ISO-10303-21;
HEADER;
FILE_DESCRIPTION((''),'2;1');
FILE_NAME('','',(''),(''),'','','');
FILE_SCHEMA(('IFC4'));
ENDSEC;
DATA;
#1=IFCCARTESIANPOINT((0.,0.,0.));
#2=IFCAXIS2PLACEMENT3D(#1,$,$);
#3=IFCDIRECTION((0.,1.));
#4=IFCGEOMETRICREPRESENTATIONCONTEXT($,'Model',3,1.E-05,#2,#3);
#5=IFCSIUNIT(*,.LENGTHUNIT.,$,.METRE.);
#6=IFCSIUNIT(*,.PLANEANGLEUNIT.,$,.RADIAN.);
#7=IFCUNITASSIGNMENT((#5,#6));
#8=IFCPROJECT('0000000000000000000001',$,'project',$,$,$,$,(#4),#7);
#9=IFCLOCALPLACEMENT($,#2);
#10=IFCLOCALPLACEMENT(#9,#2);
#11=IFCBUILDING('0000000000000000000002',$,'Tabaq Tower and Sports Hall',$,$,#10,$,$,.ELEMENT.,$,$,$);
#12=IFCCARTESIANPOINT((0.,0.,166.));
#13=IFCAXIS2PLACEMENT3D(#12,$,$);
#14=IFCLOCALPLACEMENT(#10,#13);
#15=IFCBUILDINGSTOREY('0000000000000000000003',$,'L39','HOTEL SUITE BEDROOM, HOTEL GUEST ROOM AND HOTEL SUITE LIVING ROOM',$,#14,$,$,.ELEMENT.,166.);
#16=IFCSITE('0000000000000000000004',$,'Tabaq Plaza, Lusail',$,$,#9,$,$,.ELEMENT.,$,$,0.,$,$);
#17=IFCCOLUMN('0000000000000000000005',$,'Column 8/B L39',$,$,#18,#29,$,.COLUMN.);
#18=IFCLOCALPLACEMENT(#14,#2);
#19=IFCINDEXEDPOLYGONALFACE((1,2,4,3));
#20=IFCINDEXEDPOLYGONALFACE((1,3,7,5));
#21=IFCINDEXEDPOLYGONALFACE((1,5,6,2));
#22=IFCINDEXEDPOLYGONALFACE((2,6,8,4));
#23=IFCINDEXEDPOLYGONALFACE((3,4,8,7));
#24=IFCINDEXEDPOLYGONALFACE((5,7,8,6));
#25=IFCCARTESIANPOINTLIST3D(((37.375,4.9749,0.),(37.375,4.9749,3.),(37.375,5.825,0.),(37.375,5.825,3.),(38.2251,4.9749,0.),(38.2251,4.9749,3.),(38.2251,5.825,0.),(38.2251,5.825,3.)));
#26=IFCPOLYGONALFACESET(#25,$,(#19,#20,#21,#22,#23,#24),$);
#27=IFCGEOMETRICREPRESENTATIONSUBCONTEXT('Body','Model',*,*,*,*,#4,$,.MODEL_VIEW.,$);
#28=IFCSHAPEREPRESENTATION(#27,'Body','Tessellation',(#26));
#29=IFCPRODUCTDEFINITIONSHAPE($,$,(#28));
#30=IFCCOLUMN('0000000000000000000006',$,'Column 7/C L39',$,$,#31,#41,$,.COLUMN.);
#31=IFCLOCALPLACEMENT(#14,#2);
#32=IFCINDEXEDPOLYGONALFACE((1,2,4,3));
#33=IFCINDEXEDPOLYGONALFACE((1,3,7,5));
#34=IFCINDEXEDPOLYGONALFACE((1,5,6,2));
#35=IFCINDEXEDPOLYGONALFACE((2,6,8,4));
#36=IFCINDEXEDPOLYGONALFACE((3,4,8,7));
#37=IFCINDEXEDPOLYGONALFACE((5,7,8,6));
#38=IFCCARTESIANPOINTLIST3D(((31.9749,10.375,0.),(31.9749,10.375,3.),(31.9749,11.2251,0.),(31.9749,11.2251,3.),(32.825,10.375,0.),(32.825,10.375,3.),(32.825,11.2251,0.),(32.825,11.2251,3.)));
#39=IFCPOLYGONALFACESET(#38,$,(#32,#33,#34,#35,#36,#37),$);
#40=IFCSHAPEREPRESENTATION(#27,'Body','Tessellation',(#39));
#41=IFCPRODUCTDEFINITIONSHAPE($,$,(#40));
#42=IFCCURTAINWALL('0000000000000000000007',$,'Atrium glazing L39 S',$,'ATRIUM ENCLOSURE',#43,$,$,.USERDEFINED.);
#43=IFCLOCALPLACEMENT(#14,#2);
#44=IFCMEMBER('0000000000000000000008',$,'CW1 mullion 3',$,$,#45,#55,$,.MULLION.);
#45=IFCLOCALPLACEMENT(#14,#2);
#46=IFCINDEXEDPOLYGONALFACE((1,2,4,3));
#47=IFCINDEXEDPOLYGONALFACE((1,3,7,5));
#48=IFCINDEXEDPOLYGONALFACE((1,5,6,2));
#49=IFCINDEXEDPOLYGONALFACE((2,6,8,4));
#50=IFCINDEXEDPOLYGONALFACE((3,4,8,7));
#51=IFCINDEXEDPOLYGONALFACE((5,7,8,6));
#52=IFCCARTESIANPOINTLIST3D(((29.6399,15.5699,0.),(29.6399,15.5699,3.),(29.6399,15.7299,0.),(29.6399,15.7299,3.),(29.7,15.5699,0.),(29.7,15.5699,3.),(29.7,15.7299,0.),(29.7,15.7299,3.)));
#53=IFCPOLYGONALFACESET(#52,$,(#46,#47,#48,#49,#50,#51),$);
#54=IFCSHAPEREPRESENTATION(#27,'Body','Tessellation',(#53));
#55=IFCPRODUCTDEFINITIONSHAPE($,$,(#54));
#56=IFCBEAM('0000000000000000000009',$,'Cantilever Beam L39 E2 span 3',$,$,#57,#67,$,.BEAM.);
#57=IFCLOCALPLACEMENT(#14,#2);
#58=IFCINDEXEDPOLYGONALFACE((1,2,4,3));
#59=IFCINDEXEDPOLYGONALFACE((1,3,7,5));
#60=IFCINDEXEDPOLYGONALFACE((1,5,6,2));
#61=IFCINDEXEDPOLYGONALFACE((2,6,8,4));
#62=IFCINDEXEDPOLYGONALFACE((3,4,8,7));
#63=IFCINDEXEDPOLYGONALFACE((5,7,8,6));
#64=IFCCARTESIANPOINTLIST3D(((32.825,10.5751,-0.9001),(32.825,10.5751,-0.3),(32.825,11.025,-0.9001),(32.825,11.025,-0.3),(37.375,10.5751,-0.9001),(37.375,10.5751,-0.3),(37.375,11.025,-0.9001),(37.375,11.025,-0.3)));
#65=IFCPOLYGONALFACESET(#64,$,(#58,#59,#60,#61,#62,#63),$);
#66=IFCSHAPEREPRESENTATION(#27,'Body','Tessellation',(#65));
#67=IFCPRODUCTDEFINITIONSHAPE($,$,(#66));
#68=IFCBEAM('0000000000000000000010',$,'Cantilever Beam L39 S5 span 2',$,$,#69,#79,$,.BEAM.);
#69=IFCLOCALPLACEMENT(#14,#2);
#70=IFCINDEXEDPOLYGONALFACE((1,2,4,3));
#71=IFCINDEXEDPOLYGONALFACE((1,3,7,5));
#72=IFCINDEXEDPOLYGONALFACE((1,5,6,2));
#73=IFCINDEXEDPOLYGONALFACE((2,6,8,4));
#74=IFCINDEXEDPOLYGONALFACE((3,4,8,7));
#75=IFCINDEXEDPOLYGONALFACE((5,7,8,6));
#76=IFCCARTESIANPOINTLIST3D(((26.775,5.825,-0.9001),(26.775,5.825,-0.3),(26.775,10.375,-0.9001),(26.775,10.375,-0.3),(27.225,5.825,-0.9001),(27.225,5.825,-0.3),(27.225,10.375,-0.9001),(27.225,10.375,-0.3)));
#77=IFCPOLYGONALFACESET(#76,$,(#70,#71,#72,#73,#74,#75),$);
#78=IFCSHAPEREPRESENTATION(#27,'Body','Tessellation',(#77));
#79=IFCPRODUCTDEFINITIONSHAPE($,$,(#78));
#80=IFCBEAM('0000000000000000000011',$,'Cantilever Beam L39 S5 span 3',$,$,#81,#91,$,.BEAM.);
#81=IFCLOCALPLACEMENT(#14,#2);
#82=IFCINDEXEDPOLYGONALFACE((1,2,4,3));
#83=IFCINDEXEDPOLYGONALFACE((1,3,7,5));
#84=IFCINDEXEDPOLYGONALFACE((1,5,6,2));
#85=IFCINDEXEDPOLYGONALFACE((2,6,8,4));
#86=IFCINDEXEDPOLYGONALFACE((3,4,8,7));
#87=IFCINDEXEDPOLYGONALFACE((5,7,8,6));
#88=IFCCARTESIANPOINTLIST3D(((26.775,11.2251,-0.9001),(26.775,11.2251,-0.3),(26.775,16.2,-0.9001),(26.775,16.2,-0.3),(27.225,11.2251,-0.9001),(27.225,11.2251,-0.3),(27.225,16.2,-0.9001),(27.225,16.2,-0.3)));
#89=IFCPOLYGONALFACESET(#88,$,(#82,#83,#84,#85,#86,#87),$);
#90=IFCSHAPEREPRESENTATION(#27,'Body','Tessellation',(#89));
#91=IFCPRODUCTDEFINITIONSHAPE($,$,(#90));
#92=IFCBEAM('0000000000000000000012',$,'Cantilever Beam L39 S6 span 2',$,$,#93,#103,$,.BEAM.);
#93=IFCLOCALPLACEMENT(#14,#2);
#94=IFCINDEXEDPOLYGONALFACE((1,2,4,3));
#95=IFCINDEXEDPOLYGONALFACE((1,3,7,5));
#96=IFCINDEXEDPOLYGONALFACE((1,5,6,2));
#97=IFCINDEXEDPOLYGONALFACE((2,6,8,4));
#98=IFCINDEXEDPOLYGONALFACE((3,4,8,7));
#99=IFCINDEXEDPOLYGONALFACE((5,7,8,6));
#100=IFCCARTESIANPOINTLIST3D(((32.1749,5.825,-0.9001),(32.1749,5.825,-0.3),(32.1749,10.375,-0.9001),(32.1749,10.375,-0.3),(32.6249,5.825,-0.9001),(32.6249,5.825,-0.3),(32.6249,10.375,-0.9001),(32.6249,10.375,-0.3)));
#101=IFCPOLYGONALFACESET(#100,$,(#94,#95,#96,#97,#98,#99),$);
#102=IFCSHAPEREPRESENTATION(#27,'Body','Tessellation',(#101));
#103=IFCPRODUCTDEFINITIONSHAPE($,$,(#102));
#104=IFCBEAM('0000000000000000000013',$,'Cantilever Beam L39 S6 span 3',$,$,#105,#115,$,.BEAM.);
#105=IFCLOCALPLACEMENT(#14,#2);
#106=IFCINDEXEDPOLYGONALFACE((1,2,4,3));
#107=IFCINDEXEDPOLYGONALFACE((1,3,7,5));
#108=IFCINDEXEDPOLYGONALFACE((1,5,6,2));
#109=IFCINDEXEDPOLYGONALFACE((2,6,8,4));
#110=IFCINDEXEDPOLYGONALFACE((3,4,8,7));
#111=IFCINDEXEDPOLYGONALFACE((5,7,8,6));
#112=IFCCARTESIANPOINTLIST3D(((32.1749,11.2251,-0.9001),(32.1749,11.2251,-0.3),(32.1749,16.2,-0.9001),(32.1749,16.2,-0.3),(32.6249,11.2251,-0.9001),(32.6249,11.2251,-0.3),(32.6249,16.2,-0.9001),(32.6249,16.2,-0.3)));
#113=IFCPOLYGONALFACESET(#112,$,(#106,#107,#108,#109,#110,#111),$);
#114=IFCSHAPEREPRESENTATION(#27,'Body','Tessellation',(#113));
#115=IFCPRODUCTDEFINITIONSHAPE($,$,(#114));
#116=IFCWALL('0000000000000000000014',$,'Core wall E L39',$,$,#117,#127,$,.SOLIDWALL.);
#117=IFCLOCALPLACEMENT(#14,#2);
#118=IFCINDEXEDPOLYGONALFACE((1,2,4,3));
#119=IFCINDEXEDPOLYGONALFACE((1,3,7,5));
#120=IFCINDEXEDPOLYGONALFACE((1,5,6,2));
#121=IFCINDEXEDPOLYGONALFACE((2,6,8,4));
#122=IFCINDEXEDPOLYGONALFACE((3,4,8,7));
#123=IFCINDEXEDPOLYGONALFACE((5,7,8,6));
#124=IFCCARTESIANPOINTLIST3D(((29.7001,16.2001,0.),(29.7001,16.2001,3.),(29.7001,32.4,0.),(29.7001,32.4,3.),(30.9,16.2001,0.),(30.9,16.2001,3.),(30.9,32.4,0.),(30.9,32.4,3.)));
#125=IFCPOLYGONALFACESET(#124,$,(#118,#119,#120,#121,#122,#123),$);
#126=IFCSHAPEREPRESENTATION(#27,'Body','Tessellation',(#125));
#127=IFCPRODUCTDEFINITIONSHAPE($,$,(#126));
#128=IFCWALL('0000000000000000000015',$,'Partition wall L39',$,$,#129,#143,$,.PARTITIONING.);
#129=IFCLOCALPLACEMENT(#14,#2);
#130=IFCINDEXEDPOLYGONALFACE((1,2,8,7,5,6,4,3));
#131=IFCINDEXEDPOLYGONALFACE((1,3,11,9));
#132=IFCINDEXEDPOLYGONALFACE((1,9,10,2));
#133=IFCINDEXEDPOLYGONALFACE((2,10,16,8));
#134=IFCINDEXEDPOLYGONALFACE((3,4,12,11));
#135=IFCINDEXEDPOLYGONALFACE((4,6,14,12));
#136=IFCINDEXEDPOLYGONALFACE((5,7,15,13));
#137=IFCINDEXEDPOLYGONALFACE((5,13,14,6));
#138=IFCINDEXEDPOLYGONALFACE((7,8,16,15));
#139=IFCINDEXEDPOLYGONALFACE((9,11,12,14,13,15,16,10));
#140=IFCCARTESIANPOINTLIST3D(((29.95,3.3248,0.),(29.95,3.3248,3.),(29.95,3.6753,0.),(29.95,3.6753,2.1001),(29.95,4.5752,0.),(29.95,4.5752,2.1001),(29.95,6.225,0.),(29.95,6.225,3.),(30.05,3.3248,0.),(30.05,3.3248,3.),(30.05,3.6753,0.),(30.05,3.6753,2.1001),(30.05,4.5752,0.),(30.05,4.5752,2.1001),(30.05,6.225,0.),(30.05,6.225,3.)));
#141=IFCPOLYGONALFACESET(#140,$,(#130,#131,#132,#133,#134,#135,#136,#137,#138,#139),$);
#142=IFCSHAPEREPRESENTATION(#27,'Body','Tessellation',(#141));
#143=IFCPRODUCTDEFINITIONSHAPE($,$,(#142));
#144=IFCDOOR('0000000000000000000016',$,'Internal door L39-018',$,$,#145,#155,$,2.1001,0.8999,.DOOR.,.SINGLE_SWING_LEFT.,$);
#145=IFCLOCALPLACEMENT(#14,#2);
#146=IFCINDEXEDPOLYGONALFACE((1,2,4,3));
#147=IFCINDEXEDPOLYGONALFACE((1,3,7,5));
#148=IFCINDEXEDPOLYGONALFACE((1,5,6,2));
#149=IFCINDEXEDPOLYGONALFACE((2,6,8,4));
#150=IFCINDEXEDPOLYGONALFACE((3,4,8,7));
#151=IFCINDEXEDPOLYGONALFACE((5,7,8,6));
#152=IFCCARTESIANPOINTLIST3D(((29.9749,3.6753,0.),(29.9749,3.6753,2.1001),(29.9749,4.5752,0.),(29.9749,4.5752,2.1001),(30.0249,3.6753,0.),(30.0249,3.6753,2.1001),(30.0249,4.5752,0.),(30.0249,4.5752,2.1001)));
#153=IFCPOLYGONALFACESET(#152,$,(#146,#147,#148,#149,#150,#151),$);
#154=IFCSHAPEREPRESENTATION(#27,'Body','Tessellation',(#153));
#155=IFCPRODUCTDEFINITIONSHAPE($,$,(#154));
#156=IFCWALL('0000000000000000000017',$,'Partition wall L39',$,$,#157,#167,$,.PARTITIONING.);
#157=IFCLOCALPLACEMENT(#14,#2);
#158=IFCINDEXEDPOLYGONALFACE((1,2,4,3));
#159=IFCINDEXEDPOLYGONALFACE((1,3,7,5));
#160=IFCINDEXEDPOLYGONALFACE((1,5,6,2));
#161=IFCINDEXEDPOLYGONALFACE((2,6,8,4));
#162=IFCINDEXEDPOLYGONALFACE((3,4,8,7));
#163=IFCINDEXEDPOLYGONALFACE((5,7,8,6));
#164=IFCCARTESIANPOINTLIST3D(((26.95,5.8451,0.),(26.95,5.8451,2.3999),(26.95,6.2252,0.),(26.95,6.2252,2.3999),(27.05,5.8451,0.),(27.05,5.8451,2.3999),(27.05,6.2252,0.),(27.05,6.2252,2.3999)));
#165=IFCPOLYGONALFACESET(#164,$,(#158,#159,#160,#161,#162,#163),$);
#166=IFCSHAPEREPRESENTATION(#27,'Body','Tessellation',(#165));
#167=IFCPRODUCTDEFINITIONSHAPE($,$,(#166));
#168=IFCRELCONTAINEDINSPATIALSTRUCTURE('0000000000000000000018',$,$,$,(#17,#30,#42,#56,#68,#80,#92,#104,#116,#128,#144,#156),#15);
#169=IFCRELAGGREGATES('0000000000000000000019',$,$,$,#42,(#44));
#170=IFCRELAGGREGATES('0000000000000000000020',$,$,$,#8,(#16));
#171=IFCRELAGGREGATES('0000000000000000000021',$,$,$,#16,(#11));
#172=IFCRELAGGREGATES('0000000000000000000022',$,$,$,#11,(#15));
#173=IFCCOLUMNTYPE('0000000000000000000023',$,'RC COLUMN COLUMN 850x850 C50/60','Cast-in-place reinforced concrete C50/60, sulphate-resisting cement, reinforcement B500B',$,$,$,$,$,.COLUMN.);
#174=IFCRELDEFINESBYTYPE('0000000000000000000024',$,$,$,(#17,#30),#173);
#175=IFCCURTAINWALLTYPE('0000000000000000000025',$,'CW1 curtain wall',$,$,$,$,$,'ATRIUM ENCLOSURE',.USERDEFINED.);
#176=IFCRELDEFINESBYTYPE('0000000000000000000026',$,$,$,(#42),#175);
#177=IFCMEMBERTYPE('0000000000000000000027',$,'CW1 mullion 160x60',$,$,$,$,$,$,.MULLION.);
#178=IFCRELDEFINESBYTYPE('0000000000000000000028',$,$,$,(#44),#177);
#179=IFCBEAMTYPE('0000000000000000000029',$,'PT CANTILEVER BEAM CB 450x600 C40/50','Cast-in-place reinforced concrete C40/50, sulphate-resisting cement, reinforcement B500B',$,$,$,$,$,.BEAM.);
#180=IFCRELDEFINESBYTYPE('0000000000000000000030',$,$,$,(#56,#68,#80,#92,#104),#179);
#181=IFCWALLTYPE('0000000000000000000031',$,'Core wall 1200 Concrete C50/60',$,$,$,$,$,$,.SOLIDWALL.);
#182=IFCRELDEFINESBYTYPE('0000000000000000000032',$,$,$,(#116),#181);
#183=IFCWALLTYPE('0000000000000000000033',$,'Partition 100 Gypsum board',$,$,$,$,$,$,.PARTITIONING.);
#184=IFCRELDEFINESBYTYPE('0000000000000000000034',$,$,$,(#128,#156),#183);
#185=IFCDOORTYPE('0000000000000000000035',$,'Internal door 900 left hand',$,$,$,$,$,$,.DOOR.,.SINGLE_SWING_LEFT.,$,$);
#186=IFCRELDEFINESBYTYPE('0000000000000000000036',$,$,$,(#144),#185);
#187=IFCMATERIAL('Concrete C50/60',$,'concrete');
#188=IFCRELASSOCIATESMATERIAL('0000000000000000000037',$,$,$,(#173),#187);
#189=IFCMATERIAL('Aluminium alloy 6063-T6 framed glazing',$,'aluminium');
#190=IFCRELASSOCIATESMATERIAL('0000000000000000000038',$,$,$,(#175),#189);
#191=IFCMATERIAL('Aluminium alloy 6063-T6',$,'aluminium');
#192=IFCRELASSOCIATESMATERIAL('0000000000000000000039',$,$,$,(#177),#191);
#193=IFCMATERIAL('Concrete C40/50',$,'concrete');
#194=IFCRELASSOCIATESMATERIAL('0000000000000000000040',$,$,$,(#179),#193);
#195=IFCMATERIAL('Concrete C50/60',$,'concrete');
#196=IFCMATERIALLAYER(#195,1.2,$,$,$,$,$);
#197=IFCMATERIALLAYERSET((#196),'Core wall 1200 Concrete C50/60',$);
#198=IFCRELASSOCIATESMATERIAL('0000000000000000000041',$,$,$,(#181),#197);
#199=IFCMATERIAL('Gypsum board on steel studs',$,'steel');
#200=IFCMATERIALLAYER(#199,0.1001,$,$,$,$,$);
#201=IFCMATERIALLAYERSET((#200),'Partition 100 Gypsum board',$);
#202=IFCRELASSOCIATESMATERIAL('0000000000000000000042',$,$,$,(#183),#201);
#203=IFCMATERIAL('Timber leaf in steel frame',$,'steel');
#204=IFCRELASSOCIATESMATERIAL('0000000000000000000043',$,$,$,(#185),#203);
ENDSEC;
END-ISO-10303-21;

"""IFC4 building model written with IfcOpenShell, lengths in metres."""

from ifc_helpers import new_model, si_unit, direction, frame, frame_2d, origin, origin_2d, place, context, subcontext, project, spatial, rectangle, extrude, material, layer, layer_set, material_profile, profile_set, type_object, element, fill, aggregate, save


model = new_model("IFC4")

# Units and contexts
model_context = context("Model", 3, precision=1e-05, world=origin(), true_north=direction((0.0, 1.0)))
body_context = subcontext(model_context, "Body", "Model", "MODEL_VIEW")
ifc_project = project(units=[si_unit("LENGTHUNIT", "METRE"), si_unit("PLANEANGLEUNIT", "RADIAN")], contexts=[model_context])

# Site, building, storey
site_placement = place(None, origin())
site = spatial("IfcSite", under=ifc_project, at=site_placement, Name="Tabaq Plaza, Lusail", CompositionType="ELEMENT", RefElevation=0.0)
building_placement = place(site_placement, origin())
building = spatial("IfcBuilding", under=site, at=building_placement, Name="Tabaq Tower and Sports Hall", CompositionType="ELEMENT")
storey_placement = place(building_placement, frame((0.0, 0.0, 166.0)))
storey = spatial("IfcBuildingStorey", under=building, at=storey_placement, Name="L39", Description="HOTEL SUITE BEDROOM, HOTEL GUEST ROOM AND HOTEL SUITE LIVING ROOM", CompositionType="ELEMENT", Elevation=166.0)

# Columns
ifc_material_1 = material(Name="Concrete C50/60", Category="concrete")
ifc_material_profile_1 = material_profile(ifc_material_1, rectangle(XDim=0.8501, YDim=0.8501, at=origin_2d()), Name="COLUMN 850x850")
ifc_profile_set_1 = profile_set([ifc_material_profile_1], Name="Concrete C50/60")
column_type = type_object("IfcColumnType", Name="RC COLUMN COLUMN 850x850 C50/60", Description="Cast-in-place reinforced concrete C50/60, sulphate-resisting cement, reinforcement B500B", PredefinedType="COLUMN", material=ifc_profile_set_1)
for number, where, z_axis, x_axis, name in (
    (1, (37.8, 5.3999, 0.0), (0.0, 0.0, 1.0), (1.0, 0.0, 0.0), "Column 8/B L39"),
    (2, (32.3999, 10.8, 0.0), (0.0, 0.0, 1.0), (1.0, 0.0, 0.0), "Column 7/C L39"),
):
    element("IfcColumn", number, at=place(storey_placement, frame(where, z_axis=z_axis, x_axis=x_axis)), inside=storey, type_object=column_type, Name=name, PredefinedType="COLUMN", context=body_context, shape_type="SweptSolid", body=[
        extrude(rectangle(XDim=0.8501, YDim=0.8501, at=origin_2d()), origin(), (0.0, 0.0, 1.0), 3.0),
    ])

# Curtain wall, member
ifc_material_2 = material(Name="Aluminium alloy 6063-T6 framed glazing", Category="aluminium")
curtain_wall_type = type_object("IfcCurtainWallType", Name="CW1 curtain wall", ElementType="ATRIUM ENCLOSURE", PredefinedType="USERDEFINED", material=ifc_material_2)
curtain_wall_placement = place(storey_placement, origin())
curtain_wall = element("IfcCurtainWall", 3, at=curtain_wall_placement, inside=storey, type_object=curtain_wall_type, Name="Atrium glazing L39 S", ObjectType="ATRIUM ENCLOSURE", PredefinedType="USERDEFINED")
ifc_material_3 = material(Name="Aluminium alloy 6063-T6", Category="aluminium")
ifc_material_profile_2 = material_profile(ifc_material_3, rectangle(XDim=0.1599, YDim=0.0601, at=origin_2d()), Name="MULLION 160x60")
ifc_profile_set_2 = profile_set([ifc_material_profile_2], Name="Aluminium alloy 6063-T6")
member_type = type_object("IfcMemberType", Name="CW1 mullion 160x60", PredefinedType="MULLION", material=ifc_profile_set_2)
member_placement = place(storey_placement, frame((29.6699, 15.6499, 0.0), z_axis=(0.0, 0.0, 1.0), x_axis=(0.0, 1.0, 0.0)))
member = element("IfcMember", 4, at=member_placement, type_object=member_type, Name="CW1 mullion 3", PredefinedType="MULLION", context=body_context, shape_type="SweptSolid", body=[
    extrude(rectangle(XDim=0.1599, YDim=0.0601, at=origin_2d()), origin(), (0.0, 0.0, 1.0), 3.0),
])
aggregate(curtain_wall, [member])

# Beams
ifc_material_4 = material(Name="Concrete C40/50", Category="concrete")
ifc_material_profile_3 = material_profile(ifc_material_4, rectangle(XDim=0.45, YDim=0.6001, at=origin_2d()), Name="CB 450x600")
ifc_profile_set_3 = profile_set([ifc_material_profile_3], Name="Concrete C40/50")
beam_type = type_object("IfcBeamType", Name="PT CANTILEVER BEAM CB 450x600 C40/50", Description="Cast-in-place reinforced concrete C40/50, sulphate-resisting cement, reinforcement B500B", PredefinedType="BEAM", material=ifc_profile_set_3)
for number, where, z_axis, x_axis, name in (
    (5, (37.375, 10.8, -0.6001), (-1.0, 0.0, 0.0), (0.0, -1.0, 0.0), "Cantilever Beam L39 E2 span 3"),
    (6, (27.0, 5.825, -0.6001), (0.0, 1.0, 0.0), (-1.0, 0.0, 0.0), "Cantilever Beam L39 S5 span 2"),
):
    element("IfcBeam", number, at=place(storey_placement, frame(where, z_axis=z_axis, x_axis=x_axis)), inside=storey, type_object=beam_type, Name=name, PredefinedType="BEAM", context=body_context, shape_type="SweptSolid", body=[
        extrude(rectangle(XDim=0.45, YDim=0.6001, at=origin_2d()), origin(), (0.0, 0.0, 1.0), 4.55),
    ])
beam_1_placement = place(storey_placement, frame((27.0, 11.2251, -0.6001), z_axis=(0.0, 1.0, 0.0), x_axis=(-1.0, 0.0, 0.0)))
element("IfcBeam", 7, at=beam_1_placement, inside=storey, type_object=beam_type, Name="Cantilever Beam L39 S5 span 3", PredefinedType="BEAM", context=body_context, shape_type="SweptSolid", body=[
    extrude(rectangle(XDim=0.45, YDim=0.6001, at=origin_2d()), origin(), (0.0, 0.0, 1.0), 4.9749),
])
beam_2_placement = place(storey_placement, frame((32.3999, 5.825, -0.6001), z_axis=(0.0, 1.0, 0.0), x_axis=(-1.0, 0.0, 0.0)))
element("IfcBeam", 8, at=beam_2_placement, inside=storey, type_object=beam_type, Name="Cantilever Beam L39 S6 span 2", PredefinedType="BEAM", context=body_context, shape_type="SweptSolid", body=[
    extrude(rectangle(XDim=0.45, YDim=0.6001, at=origin_2d()), origin(), (0.0, 0.0, 1.0), 4.55),
])
beam_3_placement = place(storey_placement, frame((32.3999, 11.2251, -0.6001), z_axis=(0.0, 1.0, 0.0), x_axis=(-1.0, 0.0, 0.0)))
element("IfcBeam", 9, at=beam_3_placement, inside=storey, type_object=beam_type, Name="Cantilever Beam L39 S6 span 3", PredefinedType="BEAM", context=body_context, shape_type="SweptSolid", body=[
    extrude(rectangle(XDim=0.45, YDim=0.6001, at=origin_2d()), origin(), (0.0, 0.0, 1.0), 4.9749),
])

# Wall
ifc_material_5 = material(Name="Concrete C50/60", Category="concrete")
ifc_layer_1 = layer(ifc_material_5, 1.2)
ifc_layer_set_1 = layer_set([ifc_layer_1], Name="Core wall 1200 Concrete C50/60")
wall_type_1 = type_object("IfcWallType", Name="Core wall 1200 Concrete C50/60", PredefinedType="SOLIDWALL", material=ifc_layer_set_1)
wall_1_placement = place(storey_placement, frame((30.3, 16.2, 0.0), z_axis=(0.0, 0.0, 1.0), x_axis=(0.0, 1.0, 0.0)))
element("IfcWall", 10, at=wall_1_placement, inside=storey, type_object=wall_type_1, Name="Core wall E L39", PredefinedType="SOLIDWALL", context=body_context, shape_type="SweptSolid", body=[
    extrude(rectangle(XDim=16.2, YDim=1.2, at=frame_2d((8.1001, 0.0))), origin(), (0.0, 0.0, 1.0), 3.0),
])

# Wall, opening, door
ifc_material_6 = material(Name="Gypsum board on steel studs", Category="steel")
ifc_layer_2 = layer(ifc_material_6, 0.1001)
ifc_layer_set_2 = layer_set([ifc_layer_2], Name="Partition 100 Gypsum board")
wall_type_2 = type_object("IfcWallType", Name="Partition 100 Gypsum board", PredefinedType="PARTITIONING", material=ifc_layer_set_2)
wall_2_placement = place(storey_placement, frame((30.0, 6.2251, 0.0), z_axis=(0.0, 0.0, 1.0), x_axis=(0.0, -1.0, 0.0)))
wall_2 = element("IfcWall", 11, at=wall_2_placement, inside=storey, type_object=wall_type_2, Name="Partition wall L39", PredefinedType="PARTITIONING", context=body_context, shape_type="SweptSolid", body=[
    extrude(rectangle(XDim=2.9001, YDim=0.1001, at=frame_2d((1.4502, 0.0))), origin(), (0.0, 0.0, 1.0), 3.0),
])
opening_1_placement = place(wall_2_placement, frame((1.6499, 0.0, 0.0)))
opening_1 = element("IfcOpeningElement", 12, at=opening_1_placement, cuts=wall_2, PredefinedType="OPENING", context=body_context, shape_type="SweptSolid", body=[
    extrude(rectangle(XDim=0.8999, YDim=2.1001, at=frame_2d((0.45, 1.05))), frame((0.0, 0.05, 0.0), z_axis=(0.0, -1.0, 0.0), x_axis=(1.0, 0.0, 0.0)), (0.0, 0.0, 1.0), 0.1001),
])
ifc_material_7 = material(Name="Timber leaf in steel frame", Category="steel")
door_type_1 = type_object("IfcDoorType", Name="Internal door 900 left hand", OperationType="SINGLE_SWING_LEFT", PredefinedType="DOOR", material=ifc_material_7)
door_1_placement = place(opening_1_placement, origin())
door_1 = element("IfcDoor", 13, at=door_1_placement, inside=storey, type_object=door_type_1, Name="Internal door L39-018", OperationType="SINGLE_SWING_LEFT", OverallHeight=2.1001, OverallWidth=0.8999, PredefinedType="DOOR", context=body_context, shape_type="SweptSolid", body=[
    extrude(rectangle(XDim=0.8999, YDim=2.1001, at=frame_2d((0.45, 1.05))), frame((0.0, 0.0249, 0.0), z_axis=(0.0, -1.0, 0.0), x_axis=(1.0, 0.0, 0.0)), (0.0, 0.0, 1.0), 0.05),
])
fill(opening_1, door_1)

# Wall
wall_3_placement = place(storey_placement, frame((27.0, 6.2251, 0.0), z_axis=(0.0, 0.0, 1.0), x_axis=(0.0, -1.0, 0.0)))
element("IfcWall", 14, at=wall_3_placement, inside=storey, type_object=wall_type_2, Name="Partition wall L39", PredefinedType="PARTITIONING", context=body_context, shape_type="SweptSolid", body=[
    extrude(rectangle(XDim=0.3801, YDim=0.1001, at=frame_2d((0.1899, 0.0))), origin(), (0.0, 0.0, 1.0), 2.3999),
])

save(model, "model.ifc")
